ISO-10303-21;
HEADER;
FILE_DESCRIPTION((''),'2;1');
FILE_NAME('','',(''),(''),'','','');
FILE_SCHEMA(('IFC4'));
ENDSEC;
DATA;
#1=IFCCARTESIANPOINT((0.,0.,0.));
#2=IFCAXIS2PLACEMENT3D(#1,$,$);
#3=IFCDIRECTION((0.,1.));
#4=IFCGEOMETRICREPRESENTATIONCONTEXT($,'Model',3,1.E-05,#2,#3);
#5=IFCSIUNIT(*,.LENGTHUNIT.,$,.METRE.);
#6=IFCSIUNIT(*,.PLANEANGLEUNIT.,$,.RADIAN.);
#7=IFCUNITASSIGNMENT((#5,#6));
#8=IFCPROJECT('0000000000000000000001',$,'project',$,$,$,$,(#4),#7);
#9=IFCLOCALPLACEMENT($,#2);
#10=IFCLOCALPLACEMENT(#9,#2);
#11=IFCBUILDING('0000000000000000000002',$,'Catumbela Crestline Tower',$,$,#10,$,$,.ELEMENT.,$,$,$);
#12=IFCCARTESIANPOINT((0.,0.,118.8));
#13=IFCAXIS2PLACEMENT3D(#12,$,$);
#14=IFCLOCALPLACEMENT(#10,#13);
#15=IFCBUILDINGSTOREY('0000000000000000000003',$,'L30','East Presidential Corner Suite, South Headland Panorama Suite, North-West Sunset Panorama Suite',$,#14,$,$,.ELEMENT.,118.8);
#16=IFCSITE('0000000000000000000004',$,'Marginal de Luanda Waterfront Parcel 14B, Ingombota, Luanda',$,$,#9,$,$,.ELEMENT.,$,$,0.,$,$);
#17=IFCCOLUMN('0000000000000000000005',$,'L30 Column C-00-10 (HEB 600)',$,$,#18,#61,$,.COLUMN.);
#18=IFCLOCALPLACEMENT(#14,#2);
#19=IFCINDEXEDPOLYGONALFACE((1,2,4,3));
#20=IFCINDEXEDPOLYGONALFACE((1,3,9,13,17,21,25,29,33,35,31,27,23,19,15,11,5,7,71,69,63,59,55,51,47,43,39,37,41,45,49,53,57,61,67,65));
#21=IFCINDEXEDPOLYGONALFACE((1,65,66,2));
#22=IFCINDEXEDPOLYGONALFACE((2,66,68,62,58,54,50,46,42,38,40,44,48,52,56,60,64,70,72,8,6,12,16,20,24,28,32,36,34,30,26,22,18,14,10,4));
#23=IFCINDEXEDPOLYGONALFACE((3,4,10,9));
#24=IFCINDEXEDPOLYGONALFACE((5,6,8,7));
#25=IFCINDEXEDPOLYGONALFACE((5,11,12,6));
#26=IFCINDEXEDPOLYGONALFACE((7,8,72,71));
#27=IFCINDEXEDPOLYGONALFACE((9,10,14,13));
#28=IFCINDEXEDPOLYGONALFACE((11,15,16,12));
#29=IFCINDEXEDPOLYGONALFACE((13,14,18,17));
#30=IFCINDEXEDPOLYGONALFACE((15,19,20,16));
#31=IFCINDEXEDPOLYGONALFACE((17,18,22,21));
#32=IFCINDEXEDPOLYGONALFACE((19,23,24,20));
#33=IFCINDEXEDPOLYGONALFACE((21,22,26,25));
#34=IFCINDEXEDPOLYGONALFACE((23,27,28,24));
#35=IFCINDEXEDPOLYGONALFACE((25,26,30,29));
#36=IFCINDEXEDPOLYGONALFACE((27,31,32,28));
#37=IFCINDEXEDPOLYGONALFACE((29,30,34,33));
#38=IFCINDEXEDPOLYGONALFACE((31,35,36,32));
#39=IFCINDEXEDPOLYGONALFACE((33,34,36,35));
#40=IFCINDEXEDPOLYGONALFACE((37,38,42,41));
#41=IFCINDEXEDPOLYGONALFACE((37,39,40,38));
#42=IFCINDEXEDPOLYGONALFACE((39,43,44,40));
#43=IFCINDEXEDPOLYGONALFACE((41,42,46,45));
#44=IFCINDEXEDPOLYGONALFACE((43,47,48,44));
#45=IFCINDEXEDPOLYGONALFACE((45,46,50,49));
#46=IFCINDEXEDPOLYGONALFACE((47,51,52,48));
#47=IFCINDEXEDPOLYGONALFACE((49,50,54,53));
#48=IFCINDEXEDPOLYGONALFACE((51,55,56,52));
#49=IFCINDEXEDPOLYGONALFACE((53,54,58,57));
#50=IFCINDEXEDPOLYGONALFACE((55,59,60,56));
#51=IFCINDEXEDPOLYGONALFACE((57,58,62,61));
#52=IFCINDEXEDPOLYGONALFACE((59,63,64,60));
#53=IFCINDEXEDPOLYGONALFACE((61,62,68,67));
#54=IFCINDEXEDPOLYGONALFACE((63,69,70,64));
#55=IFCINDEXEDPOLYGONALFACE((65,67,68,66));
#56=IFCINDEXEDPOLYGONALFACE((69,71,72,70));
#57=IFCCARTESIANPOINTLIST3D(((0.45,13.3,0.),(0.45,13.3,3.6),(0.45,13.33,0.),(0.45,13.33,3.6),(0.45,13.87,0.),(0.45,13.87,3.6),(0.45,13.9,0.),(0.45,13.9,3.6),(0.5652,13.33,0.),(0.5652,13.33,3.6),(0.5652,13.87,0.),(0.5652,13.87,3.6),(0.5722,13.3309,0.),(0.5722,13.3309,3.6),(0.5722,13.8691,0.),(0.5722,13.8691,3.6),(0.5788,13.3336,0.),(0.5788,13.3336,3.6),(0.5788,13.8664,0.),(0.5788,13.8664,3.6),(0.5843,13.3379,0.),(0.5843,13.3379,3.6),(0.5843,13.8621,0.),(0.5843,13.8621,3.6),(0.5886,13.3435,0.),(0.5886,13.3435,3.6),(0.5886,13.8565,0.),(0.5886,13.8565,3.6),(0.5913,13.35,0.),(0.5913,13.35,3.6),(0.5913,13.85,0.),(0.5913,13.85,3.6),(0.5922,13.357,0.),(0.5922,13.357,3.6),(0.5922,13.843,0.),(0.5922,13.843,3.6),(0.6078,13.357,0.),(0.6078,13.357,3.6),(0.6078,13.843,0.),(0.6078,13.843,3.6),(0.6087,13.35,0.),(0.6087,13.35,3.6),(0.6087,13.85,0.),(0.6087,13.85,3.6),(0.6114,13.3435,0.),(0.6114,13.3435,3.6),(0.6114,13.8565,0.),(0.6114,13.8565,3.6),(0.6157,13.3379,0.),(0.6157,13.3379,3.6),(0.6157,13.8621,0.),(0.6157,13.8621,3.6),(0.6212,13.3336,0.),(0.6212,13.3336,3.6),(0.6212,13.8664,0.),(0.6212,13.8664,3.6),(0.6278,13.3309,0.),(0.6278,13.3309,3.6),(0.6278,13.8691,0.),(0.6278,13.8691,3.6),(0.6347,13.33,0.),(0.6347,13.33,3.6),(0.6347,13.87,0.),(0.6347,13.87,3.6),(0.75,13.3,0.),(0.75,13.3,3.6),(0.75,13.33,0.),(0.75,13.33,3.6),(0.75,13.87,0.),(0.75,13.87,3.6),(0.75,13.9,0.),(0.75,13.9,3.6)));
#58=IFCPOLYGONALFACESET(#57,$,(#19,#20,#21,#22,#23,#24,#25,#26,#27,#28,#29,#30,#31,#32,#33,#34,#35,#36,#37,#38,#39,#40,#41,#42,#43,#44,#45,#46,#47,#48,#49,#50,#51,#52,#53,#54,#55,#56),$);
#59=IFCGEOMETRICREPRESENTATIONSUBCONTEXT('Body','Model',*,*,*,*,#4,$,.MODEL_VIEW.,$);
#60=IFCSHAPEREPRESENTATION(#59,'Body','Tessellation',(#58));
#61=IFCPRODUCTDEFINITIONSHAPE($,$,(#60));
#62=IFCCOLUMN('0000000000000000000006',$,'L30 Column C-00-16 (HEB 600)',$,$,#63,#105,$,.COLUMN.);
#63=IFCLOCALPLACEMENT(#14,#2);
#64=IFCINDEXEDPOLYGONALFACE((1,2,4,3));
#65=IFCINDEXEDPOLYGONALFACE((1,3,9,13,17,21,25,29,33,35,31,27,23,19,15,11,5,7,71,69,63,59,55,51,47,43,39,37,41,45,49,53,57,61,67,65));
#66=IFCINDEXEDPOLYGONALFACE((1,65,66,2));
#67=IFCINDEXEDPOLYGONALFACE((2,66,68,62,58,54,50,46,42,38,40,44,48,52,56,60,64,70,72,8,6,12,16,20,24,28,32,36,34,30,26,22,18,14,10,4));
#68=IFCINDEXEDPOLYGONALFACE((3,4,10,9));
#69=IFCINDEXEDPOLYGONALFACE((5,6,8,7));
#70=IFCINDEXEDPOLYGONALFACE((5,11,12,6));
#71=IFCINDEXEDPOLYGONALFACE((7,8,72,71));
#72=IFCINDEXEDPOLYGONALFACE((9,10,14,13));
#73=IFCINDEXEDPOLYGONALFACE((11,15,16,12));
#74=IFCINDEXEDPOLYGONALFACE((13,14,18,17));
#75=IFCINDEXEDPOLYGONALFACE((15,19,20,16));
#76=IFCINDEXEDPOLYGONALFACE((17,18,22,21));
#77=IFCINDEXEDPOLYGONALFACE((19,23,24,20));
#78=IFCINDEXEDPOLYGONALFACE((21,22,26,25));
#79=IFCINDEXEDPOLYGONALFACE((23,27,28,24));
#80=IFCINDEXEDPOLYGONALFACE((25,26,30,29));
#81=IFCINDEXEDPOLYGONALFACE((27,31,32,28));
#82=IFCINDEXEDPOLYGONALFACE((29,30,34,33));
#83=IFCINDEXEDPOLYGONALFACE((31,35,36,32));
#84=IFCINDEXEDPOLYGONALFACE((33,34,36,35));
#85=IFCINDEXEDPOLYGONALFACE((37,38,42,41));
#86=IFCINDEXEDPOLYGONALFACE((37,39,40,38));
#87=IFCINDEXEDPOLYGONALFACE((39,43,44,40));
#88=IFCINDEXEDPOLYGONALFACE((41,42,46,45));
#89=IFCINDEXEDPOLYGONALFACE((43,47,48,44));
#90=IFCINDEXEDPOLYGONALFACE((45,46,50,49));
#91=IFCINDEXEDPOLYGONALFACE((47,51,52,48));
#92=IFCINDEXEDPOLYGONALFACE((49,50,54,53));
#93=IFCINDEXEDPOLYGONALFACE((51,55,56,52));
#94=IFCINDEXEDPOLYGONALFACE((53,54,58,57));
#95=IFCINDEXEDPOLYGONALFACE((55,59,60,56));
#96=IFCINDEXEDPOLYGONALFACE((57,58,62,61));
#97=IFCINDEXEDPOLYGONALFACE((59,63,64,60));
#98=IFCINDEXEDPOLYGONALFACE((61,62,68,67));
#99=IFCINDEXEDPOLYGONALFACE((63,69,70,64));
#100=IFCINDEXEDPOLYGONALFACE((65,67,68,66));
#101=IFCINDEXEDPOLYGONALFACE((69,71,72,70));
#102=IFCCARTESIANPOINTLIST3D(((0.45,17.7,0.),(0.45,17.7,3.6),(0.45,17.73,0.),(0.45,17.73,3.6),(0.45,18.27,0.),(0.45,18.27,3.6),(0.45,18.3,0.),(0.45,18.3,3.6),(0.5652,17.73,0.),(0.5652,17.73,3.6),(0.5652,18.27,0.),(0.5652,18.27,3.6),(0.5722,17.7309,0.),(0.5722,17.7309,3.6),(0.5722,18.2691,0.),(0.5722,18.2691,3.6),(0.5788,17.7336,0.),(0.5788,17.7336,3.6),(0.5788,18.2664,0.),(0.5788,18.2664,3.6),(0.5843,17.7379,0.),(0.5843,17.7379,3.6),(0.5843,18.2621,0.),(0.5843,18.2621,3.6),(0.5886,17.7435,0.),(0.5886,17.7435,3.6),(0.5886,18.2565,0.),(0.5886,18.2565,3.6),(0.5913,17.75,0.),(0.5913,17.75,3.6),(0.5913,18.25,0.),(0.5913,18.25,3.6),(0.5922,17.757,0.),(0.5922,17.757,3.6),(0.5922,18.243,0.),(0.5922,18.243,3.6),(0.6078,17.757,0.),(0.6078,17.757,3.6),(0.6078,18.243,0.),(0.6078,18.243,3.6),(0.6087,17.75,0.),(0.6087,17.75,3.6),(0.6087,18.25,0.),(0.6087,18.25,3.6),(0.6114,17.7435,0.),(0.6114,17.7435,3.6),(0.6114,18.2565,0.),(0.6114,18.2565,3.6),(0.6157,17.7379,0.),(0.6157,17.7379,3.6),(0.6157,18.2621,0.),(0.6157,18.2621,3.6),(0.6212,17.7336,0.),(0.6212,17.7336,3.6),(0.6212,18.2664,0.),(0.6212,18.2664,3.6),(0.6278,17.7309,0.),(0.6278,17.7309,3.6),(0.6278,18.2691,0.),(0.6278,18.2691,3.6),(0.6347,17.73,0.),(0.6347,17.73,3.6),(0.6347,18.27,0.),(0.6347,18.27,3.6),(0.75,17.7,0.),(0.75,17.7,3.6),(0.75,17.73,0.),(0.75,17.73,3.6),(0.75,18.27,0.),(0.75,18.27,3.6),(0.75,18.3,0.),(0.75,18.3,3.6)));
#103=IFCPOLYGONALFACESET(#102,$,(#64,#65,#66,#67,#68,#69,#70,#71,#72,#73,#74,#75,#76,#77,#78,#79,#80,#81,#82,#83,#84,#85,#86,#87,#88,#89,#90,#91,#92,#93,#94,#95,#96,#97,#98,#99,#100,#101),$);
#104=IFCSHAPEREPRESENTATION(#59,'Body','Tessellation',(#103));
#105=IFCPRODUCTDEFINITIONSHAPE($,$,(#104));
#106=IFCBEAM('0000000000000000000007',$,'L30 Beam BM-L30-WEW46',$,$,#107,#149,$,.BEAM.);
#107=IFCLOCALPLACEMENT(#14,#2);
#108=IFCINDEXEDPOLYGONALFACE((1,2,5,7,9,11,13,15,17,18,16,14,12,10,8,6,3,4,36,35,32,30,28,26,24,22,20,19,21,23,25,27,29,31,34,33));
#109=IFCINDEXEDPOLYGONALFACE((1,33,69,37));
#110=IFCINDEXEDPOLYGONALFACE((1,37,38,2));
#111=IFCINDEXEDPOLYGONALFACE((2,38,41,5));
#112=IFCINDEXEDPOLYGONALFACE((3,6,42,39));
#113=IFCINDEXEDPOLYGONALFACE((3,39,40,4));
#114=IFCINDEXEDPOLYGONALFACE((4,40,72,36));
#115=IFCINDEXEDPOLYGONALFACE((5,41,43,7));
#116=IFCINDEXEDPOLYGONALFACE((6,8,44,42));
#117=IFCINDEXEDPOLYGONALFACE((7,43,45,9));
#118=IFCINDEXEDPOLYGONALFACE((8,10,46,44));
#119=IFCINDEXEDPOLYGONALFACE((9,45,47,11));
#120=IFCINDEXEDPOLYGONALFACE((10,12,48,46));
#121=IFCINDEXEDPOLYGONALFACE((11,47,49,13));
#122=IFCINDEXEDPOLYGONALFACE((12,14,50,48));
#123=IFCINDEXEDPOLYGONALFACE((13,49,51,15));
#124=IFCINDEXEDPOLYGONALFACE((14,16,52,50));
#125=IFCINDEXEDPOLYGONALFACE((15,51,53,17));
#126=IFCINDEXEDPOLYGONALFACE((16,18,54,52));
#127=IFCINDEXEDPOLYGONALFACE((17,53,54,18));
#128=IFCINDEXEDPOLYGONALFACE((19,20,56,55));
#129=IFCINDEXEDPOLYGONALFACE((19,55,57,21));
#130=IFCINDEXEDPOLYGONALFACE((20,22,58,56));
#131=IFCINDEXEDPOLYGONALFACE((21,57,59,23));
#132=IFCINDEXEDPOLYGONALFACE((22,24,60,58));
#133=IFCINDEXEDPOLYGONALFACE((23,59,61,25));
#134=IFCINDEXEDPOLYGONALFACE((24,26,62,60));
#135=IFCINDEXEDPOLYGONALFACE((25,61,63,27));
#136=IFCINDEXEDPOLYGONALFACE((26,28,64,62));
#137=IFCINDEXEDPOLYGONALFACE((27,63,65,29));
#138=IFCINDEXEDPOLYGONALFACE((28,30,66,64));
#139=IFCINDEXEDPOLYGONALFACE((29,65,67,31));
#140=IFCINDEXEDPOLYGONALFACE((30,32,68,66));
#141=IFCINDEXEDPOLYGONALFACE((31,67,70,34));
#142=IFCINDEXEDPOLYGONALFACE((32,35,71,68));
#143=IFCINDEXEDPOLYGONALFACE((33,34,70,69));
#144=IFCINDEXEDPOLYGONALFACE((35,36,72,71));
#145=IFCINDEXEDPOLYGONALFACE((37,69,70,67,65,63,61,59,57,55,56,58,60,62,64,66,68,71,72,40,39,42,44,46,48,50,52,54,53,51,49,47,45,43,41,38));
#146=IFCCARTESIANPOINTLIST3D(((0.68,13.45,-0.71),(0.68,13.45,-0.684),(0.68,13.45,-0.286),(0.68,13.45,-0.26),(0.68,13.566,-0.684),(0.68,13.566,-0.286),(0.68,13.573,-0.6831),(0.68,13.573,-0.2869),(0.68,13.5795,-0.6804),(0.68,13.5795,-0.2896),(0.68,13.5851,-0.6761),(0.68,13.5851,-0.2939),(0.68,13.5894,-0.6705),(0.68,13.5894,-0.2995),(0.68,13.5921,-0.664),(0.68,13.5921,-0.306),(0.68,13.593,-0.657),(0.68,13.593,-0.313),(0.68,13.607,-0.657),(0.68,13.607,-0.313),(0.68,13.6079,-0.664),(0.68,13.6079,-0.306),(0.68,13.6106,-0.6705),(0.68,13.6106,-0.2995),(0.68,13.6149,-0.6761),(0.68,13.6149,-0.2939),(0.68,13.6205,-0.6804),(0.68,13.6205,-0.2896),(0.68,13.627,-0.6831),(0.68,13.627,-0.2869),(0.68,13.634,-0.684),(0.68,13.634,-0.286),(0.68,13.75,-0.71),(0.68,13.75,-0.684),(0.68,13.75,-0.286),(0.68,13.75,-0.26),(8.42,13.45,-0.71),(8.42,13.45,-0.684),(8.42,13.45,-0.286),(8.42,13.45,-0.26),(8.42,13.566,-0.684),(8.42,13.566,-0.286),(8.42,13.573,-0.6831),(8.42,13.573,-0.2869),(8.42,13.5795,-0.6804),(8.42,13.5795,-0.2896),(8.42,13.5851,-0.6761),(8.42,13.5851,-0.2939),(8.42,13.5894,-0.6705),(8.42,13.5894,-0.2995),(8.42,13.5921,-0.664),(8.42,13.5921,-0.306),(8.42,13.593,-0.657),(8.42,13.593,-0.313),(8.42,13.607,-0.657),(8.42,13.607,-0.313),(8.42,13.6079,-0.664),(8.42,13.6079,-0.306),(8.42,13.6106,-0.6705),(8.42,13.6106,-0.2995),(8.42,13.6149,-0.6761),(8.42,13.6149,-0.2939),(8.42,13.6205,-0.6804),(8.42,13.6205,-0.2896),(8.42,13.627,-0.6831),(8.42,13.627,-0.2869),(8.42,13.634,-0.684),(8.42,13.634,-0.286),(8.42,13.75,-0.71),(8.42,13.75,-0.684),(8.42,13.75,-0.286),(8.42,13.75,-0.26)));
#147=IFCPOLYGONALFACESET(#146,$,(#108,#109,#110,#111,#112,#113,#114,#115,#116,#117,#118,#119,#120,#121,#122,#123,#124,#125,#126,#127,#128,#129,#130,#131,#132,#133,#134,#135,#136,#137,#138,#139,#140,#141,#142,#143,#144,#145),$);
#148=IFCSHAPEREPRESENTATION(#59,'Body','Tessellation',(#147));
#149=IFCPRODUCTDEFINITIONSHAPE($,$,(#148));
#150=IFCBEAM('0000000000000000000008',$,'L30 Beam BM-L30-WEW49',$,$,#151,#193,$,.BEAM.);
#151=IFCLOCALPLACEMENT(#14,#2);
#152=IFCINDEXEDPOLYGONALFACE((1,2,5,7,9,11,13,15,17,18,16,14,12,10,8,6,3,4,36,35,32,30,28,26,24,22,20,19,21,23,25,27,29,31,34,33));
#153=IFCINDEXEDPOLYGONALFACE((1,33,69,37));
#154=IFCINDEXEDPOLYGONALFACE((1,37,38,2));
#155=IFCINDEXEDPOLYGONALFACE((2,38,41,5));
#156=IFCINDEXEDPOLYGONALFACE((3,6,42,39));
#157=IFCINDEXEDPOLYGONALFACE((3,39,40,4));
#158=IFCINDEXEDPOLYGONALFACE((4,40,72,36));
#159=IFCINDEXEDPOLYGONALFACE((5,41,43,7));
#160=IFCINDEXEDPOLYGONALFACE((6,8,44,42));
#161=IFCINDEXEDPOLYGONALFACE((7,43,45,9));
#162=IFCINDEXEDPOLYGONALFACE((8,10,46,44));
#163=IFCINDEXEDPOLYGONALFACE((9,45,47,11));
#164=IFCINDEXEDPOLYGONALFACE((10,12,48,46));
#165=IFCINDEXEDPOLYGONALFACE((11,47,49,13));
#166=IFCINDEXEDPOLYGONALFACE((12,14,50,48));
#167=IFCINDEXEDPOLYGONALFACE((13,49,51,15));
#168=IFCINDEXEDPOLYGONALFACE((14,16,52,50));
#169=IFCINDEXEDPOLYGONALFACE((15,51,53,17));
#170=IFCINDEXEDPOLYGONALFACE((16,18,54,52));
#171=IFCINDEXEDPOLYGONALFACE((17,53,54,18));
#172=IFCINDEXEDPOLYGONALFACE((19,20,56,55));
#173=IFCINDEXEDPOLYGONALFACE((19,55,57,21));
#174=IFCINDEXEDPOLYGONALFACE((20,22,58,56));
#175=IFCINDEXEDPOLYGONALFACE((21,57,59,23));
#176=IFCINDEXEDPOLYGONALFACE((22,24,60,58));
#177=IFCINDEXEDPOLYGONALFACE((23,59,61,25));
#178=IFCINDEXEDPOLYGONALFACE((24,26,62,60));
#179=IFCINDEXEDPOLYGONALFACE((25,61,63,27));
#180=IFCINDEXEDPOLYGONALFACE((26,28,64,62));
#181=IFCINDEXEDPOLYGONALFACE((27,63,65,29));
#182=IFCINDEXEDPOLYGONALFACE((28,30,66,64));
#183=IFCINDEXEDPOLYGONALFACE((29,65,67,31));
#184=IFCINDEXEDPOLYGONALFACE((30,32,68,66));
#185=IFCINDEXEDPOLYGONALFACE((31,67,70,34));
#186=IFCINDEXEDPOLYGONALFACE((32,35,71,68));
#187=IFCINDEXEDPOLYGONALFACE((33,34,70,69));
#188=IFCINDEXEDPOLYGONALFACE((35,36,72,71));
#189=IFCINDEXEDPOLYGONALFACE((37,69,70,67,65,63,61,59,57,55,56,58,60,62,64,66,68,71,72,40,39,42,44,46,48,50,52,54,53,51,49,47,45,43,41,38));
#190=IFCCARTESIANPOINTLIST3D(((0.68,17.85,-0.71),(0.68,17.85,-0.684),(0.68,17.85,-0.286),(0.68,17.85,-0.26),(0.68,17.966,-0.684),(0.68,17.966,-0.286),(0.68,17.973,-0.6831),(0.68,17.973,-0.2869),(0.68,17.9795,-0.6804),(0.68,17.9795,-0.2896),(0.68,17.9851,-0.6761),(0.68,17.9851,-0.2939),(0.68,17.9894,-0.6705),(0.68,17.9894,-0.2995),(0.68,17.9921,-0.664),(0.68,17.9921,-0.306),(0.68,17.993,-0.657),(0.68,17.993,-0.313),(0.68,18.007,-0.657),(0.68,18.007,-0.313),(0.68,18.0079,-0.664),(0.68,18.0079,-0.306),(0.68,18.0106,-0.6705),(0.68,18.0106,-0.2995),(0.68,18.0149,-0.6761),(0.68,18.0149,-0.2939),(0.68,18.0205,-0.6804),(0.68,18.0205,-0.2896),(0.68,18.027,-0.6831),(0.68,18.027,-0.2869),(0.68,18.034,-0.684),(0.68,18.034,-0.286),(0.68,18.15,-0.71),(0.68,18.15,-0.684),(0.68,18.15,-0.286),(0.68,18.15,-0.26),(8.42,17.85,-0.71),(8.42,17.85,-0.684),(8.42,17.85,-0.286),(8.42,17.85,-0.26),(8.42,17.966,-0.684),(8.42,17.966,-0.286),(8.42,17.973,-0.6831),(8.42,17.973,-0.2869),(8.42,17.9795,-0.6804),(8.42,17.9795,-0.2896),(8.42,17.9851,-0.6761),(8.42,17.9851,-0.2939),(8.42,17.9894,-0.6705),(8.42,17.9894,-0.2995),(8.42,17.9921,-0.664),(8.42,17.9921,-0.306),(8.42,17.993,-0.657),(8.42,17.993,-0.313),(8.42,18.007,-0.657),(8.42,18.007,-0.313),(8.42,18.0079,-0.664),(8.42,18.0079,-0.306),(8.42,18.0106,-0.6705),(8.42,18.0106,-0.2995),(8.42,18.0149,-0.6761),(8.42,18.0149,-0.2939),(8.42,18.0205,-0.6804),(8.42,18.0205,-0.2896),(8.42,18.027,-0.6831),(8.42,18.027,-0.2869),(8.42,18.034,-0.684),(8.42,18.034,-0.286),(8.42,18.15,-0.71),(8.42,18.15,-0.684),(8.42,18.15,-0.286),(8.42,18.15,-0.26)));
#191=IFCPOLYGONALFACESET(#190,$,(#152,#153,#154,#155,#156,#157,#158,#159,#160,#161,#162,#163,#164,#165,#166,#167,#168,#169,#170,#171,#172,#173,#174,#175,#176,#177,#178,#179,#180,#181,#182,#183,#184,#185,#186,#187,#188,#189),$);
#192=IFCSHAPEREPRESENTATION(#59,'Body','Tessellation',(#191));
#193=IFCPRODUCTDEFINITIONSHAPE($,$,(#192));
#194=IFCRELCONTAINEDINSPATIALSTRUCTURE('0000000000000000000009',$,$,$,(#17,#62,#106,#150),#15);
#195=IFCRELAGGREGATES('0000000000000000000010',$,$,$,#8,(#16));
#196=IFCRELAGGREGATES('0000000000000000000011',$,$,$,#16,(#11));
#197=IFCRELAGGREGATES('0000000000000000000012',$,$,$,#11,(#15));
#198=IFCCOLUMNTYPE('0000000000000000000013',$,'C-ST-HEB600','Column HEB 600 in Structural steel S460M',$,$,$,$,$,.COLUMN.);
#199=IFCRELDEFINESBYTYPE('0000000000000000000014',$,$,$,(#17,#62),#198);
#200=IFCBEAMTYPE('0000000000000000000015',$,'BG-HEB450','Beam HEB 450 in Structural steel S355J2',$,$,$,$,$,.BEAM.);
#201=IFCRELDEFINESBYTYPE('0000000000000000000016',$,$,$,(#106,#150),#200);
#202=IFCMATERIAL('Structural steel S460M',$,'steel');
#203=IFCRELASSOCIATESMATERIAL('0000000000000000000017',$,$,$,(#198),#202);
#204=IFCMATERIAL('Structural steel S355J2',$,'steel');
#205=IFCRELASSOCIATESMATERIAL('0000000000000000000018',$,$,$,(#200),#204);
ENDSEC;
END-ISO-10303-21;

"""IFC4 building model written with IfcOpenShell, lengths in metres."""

from ifc_helpers import new_model, si_unit, direction, frame, origin, origin_2d, place, context, subcontext, project, spatial, i_section, extrude, material, material_profile, profile_set, type_object, element, save


model = new_model("IFC4")

# Units and contexts
model_context = context("Model", 3, precision=1e-05, world=origin(), true_north=direction((0.0, 1.0)))
body_context = subcontext(model_context, "Body", "Model", "MODEL_VIEW")
ifc_project = project(units=[si_unit("LENGTHUNIT", "METRE"), si_unit("PLANEANGLEUNIT", "RADIAN")], contexts=[model_context])

# Site, building, storey
site_placement = place(None, origin())
site = spatial("IfcSite", under=ifc_project, at=site_placement, Name="Marginal de Luanda Waterfront Parcel 14B, Ingombota, Luanda", CompositionType="ELEMENT", RefElevation=0.0)
building_placement = place(site_placement, origin())
building = spatial("IfcBuilding", under=site, at=building_placement, Name="Catumbela Crestline Tower", CompositionType="ELEMENT")
storey_placement = place(building_placement, frame((0.0, 0.0, 118.8)))
storey = spatial("IfcBuildingStorey", under=building, at=storey_placement, Name="L30", Description="East Presidential Corner Suite, South Headland Panorama Suite, North-West Sunset Panorama Suite", CompositionType="ELEMENT", Elevation=118.8)

# Columns
ifc_material_1 = material(Name="Structural steel S460M", Category="steel")
ifc_material_profile_1 = material_profile(ifc_material_1, i_section(OverallWidth=0.3, OverallDepth=0.6, WebThickness=0.0155, FlangeThickness=0.03, FilletRadius=0.027, at=origin_2d()), Name="HEB 600")
ifc_profile_set_1 = profile_set([ifc_material_profile_1], Name="Structural steel S460M")
column_type = type_object("IfcColumnType", Name="C-ST-HEB600", Description="Column HEB 600 in Structural steel S460M", PredefinedType="COLUMN", material=ifc_profile_set_1)
for number, where, z_axis, x_axis, name in (
    (1, (0.6, 13.6, 0.0), (0.0, 0.0, 1.0), (1.0, 0.0, 0.0), "L30 Column C-00-10 (HEB 600)"),
    (2, (0.6, 18.0, 0.0), (0.0, 0.0, 1.0), (1.0, 0.0, 0.0), "L30 Column C-00-16 (HEB 600)"),
):
    element("IfcColumn", number, at=place(storey_placement, frame(where, z_axis=z_axis, x_axis=x_axis)), inside=storey, type_object=column_type, Name=name, PredefinedType="COLUMN", context=body_context, shape_type="SweptSolid", body=[
        extrude(i_section(OverallWidth=0.3, OverallDepth=0.6, WebThickness=0.0155, FlangeThickness=0.03, FilletRadius=0.027, at=origin_2d()), origin(), (0.0, 0.0, 1.0), 3.6),
    ])

# Beams
ifc_material_2 = material(Name="Structural steel S355J2", Category="steel")
ifc_material_profile_2 = material_profile(ifc_material_2, i_section(OverallWidth=0.3, OverallDepth=0.45, WebThickness=0.014, FlangeThickness=0.026, FilletRadius=0.027, at=origin_2d()), Name="HEB 450")
ifc_profile_set_2 = profile_set([ifc_material_profile_2], Name="Structural steel S355J2")
beam_type_1 = type_object("IfcBeamType", Name="BG-HEB450", Description="Beam HEB 450 in Structural steel S355J2", PredefinedType="BEAM", material=ifc_profile_set_2)
for number, where, z_axis, x_axis, name in (
    (3, (0.68, 13.6, -0.485), (1.0, 0.0, 0.0), (0.0, 1.0, 0.0), "L30 Beam BM-L30-WEW46"),
    (4, (0.68, 18.0, -0.485), (1.0, 0.0, 0.0), (0.0, 1.0, 0.0), "L30 Beam BM-L30-WEW49"),
):
    element("IfcBeam", number, at=place(storey_placement, frame(where, z_axis=z_axis, x_axis=x_axis)), inside=storey, type_object=beam_type_1, Name=name, PredefinedType="BEAM", context=body_context, shape_type="SweptSolid", body=[
        extrude(i_section(OverallWidth=0.3, OverallDepth=0.45, WebThickness=0.014, FlangeThickness=0.026, FilletRadius=0.027, at=origin_2d()), origin(), (0.0, 0.0, 1.0), 7.74),
    ])

save(model, "model.ifc")
